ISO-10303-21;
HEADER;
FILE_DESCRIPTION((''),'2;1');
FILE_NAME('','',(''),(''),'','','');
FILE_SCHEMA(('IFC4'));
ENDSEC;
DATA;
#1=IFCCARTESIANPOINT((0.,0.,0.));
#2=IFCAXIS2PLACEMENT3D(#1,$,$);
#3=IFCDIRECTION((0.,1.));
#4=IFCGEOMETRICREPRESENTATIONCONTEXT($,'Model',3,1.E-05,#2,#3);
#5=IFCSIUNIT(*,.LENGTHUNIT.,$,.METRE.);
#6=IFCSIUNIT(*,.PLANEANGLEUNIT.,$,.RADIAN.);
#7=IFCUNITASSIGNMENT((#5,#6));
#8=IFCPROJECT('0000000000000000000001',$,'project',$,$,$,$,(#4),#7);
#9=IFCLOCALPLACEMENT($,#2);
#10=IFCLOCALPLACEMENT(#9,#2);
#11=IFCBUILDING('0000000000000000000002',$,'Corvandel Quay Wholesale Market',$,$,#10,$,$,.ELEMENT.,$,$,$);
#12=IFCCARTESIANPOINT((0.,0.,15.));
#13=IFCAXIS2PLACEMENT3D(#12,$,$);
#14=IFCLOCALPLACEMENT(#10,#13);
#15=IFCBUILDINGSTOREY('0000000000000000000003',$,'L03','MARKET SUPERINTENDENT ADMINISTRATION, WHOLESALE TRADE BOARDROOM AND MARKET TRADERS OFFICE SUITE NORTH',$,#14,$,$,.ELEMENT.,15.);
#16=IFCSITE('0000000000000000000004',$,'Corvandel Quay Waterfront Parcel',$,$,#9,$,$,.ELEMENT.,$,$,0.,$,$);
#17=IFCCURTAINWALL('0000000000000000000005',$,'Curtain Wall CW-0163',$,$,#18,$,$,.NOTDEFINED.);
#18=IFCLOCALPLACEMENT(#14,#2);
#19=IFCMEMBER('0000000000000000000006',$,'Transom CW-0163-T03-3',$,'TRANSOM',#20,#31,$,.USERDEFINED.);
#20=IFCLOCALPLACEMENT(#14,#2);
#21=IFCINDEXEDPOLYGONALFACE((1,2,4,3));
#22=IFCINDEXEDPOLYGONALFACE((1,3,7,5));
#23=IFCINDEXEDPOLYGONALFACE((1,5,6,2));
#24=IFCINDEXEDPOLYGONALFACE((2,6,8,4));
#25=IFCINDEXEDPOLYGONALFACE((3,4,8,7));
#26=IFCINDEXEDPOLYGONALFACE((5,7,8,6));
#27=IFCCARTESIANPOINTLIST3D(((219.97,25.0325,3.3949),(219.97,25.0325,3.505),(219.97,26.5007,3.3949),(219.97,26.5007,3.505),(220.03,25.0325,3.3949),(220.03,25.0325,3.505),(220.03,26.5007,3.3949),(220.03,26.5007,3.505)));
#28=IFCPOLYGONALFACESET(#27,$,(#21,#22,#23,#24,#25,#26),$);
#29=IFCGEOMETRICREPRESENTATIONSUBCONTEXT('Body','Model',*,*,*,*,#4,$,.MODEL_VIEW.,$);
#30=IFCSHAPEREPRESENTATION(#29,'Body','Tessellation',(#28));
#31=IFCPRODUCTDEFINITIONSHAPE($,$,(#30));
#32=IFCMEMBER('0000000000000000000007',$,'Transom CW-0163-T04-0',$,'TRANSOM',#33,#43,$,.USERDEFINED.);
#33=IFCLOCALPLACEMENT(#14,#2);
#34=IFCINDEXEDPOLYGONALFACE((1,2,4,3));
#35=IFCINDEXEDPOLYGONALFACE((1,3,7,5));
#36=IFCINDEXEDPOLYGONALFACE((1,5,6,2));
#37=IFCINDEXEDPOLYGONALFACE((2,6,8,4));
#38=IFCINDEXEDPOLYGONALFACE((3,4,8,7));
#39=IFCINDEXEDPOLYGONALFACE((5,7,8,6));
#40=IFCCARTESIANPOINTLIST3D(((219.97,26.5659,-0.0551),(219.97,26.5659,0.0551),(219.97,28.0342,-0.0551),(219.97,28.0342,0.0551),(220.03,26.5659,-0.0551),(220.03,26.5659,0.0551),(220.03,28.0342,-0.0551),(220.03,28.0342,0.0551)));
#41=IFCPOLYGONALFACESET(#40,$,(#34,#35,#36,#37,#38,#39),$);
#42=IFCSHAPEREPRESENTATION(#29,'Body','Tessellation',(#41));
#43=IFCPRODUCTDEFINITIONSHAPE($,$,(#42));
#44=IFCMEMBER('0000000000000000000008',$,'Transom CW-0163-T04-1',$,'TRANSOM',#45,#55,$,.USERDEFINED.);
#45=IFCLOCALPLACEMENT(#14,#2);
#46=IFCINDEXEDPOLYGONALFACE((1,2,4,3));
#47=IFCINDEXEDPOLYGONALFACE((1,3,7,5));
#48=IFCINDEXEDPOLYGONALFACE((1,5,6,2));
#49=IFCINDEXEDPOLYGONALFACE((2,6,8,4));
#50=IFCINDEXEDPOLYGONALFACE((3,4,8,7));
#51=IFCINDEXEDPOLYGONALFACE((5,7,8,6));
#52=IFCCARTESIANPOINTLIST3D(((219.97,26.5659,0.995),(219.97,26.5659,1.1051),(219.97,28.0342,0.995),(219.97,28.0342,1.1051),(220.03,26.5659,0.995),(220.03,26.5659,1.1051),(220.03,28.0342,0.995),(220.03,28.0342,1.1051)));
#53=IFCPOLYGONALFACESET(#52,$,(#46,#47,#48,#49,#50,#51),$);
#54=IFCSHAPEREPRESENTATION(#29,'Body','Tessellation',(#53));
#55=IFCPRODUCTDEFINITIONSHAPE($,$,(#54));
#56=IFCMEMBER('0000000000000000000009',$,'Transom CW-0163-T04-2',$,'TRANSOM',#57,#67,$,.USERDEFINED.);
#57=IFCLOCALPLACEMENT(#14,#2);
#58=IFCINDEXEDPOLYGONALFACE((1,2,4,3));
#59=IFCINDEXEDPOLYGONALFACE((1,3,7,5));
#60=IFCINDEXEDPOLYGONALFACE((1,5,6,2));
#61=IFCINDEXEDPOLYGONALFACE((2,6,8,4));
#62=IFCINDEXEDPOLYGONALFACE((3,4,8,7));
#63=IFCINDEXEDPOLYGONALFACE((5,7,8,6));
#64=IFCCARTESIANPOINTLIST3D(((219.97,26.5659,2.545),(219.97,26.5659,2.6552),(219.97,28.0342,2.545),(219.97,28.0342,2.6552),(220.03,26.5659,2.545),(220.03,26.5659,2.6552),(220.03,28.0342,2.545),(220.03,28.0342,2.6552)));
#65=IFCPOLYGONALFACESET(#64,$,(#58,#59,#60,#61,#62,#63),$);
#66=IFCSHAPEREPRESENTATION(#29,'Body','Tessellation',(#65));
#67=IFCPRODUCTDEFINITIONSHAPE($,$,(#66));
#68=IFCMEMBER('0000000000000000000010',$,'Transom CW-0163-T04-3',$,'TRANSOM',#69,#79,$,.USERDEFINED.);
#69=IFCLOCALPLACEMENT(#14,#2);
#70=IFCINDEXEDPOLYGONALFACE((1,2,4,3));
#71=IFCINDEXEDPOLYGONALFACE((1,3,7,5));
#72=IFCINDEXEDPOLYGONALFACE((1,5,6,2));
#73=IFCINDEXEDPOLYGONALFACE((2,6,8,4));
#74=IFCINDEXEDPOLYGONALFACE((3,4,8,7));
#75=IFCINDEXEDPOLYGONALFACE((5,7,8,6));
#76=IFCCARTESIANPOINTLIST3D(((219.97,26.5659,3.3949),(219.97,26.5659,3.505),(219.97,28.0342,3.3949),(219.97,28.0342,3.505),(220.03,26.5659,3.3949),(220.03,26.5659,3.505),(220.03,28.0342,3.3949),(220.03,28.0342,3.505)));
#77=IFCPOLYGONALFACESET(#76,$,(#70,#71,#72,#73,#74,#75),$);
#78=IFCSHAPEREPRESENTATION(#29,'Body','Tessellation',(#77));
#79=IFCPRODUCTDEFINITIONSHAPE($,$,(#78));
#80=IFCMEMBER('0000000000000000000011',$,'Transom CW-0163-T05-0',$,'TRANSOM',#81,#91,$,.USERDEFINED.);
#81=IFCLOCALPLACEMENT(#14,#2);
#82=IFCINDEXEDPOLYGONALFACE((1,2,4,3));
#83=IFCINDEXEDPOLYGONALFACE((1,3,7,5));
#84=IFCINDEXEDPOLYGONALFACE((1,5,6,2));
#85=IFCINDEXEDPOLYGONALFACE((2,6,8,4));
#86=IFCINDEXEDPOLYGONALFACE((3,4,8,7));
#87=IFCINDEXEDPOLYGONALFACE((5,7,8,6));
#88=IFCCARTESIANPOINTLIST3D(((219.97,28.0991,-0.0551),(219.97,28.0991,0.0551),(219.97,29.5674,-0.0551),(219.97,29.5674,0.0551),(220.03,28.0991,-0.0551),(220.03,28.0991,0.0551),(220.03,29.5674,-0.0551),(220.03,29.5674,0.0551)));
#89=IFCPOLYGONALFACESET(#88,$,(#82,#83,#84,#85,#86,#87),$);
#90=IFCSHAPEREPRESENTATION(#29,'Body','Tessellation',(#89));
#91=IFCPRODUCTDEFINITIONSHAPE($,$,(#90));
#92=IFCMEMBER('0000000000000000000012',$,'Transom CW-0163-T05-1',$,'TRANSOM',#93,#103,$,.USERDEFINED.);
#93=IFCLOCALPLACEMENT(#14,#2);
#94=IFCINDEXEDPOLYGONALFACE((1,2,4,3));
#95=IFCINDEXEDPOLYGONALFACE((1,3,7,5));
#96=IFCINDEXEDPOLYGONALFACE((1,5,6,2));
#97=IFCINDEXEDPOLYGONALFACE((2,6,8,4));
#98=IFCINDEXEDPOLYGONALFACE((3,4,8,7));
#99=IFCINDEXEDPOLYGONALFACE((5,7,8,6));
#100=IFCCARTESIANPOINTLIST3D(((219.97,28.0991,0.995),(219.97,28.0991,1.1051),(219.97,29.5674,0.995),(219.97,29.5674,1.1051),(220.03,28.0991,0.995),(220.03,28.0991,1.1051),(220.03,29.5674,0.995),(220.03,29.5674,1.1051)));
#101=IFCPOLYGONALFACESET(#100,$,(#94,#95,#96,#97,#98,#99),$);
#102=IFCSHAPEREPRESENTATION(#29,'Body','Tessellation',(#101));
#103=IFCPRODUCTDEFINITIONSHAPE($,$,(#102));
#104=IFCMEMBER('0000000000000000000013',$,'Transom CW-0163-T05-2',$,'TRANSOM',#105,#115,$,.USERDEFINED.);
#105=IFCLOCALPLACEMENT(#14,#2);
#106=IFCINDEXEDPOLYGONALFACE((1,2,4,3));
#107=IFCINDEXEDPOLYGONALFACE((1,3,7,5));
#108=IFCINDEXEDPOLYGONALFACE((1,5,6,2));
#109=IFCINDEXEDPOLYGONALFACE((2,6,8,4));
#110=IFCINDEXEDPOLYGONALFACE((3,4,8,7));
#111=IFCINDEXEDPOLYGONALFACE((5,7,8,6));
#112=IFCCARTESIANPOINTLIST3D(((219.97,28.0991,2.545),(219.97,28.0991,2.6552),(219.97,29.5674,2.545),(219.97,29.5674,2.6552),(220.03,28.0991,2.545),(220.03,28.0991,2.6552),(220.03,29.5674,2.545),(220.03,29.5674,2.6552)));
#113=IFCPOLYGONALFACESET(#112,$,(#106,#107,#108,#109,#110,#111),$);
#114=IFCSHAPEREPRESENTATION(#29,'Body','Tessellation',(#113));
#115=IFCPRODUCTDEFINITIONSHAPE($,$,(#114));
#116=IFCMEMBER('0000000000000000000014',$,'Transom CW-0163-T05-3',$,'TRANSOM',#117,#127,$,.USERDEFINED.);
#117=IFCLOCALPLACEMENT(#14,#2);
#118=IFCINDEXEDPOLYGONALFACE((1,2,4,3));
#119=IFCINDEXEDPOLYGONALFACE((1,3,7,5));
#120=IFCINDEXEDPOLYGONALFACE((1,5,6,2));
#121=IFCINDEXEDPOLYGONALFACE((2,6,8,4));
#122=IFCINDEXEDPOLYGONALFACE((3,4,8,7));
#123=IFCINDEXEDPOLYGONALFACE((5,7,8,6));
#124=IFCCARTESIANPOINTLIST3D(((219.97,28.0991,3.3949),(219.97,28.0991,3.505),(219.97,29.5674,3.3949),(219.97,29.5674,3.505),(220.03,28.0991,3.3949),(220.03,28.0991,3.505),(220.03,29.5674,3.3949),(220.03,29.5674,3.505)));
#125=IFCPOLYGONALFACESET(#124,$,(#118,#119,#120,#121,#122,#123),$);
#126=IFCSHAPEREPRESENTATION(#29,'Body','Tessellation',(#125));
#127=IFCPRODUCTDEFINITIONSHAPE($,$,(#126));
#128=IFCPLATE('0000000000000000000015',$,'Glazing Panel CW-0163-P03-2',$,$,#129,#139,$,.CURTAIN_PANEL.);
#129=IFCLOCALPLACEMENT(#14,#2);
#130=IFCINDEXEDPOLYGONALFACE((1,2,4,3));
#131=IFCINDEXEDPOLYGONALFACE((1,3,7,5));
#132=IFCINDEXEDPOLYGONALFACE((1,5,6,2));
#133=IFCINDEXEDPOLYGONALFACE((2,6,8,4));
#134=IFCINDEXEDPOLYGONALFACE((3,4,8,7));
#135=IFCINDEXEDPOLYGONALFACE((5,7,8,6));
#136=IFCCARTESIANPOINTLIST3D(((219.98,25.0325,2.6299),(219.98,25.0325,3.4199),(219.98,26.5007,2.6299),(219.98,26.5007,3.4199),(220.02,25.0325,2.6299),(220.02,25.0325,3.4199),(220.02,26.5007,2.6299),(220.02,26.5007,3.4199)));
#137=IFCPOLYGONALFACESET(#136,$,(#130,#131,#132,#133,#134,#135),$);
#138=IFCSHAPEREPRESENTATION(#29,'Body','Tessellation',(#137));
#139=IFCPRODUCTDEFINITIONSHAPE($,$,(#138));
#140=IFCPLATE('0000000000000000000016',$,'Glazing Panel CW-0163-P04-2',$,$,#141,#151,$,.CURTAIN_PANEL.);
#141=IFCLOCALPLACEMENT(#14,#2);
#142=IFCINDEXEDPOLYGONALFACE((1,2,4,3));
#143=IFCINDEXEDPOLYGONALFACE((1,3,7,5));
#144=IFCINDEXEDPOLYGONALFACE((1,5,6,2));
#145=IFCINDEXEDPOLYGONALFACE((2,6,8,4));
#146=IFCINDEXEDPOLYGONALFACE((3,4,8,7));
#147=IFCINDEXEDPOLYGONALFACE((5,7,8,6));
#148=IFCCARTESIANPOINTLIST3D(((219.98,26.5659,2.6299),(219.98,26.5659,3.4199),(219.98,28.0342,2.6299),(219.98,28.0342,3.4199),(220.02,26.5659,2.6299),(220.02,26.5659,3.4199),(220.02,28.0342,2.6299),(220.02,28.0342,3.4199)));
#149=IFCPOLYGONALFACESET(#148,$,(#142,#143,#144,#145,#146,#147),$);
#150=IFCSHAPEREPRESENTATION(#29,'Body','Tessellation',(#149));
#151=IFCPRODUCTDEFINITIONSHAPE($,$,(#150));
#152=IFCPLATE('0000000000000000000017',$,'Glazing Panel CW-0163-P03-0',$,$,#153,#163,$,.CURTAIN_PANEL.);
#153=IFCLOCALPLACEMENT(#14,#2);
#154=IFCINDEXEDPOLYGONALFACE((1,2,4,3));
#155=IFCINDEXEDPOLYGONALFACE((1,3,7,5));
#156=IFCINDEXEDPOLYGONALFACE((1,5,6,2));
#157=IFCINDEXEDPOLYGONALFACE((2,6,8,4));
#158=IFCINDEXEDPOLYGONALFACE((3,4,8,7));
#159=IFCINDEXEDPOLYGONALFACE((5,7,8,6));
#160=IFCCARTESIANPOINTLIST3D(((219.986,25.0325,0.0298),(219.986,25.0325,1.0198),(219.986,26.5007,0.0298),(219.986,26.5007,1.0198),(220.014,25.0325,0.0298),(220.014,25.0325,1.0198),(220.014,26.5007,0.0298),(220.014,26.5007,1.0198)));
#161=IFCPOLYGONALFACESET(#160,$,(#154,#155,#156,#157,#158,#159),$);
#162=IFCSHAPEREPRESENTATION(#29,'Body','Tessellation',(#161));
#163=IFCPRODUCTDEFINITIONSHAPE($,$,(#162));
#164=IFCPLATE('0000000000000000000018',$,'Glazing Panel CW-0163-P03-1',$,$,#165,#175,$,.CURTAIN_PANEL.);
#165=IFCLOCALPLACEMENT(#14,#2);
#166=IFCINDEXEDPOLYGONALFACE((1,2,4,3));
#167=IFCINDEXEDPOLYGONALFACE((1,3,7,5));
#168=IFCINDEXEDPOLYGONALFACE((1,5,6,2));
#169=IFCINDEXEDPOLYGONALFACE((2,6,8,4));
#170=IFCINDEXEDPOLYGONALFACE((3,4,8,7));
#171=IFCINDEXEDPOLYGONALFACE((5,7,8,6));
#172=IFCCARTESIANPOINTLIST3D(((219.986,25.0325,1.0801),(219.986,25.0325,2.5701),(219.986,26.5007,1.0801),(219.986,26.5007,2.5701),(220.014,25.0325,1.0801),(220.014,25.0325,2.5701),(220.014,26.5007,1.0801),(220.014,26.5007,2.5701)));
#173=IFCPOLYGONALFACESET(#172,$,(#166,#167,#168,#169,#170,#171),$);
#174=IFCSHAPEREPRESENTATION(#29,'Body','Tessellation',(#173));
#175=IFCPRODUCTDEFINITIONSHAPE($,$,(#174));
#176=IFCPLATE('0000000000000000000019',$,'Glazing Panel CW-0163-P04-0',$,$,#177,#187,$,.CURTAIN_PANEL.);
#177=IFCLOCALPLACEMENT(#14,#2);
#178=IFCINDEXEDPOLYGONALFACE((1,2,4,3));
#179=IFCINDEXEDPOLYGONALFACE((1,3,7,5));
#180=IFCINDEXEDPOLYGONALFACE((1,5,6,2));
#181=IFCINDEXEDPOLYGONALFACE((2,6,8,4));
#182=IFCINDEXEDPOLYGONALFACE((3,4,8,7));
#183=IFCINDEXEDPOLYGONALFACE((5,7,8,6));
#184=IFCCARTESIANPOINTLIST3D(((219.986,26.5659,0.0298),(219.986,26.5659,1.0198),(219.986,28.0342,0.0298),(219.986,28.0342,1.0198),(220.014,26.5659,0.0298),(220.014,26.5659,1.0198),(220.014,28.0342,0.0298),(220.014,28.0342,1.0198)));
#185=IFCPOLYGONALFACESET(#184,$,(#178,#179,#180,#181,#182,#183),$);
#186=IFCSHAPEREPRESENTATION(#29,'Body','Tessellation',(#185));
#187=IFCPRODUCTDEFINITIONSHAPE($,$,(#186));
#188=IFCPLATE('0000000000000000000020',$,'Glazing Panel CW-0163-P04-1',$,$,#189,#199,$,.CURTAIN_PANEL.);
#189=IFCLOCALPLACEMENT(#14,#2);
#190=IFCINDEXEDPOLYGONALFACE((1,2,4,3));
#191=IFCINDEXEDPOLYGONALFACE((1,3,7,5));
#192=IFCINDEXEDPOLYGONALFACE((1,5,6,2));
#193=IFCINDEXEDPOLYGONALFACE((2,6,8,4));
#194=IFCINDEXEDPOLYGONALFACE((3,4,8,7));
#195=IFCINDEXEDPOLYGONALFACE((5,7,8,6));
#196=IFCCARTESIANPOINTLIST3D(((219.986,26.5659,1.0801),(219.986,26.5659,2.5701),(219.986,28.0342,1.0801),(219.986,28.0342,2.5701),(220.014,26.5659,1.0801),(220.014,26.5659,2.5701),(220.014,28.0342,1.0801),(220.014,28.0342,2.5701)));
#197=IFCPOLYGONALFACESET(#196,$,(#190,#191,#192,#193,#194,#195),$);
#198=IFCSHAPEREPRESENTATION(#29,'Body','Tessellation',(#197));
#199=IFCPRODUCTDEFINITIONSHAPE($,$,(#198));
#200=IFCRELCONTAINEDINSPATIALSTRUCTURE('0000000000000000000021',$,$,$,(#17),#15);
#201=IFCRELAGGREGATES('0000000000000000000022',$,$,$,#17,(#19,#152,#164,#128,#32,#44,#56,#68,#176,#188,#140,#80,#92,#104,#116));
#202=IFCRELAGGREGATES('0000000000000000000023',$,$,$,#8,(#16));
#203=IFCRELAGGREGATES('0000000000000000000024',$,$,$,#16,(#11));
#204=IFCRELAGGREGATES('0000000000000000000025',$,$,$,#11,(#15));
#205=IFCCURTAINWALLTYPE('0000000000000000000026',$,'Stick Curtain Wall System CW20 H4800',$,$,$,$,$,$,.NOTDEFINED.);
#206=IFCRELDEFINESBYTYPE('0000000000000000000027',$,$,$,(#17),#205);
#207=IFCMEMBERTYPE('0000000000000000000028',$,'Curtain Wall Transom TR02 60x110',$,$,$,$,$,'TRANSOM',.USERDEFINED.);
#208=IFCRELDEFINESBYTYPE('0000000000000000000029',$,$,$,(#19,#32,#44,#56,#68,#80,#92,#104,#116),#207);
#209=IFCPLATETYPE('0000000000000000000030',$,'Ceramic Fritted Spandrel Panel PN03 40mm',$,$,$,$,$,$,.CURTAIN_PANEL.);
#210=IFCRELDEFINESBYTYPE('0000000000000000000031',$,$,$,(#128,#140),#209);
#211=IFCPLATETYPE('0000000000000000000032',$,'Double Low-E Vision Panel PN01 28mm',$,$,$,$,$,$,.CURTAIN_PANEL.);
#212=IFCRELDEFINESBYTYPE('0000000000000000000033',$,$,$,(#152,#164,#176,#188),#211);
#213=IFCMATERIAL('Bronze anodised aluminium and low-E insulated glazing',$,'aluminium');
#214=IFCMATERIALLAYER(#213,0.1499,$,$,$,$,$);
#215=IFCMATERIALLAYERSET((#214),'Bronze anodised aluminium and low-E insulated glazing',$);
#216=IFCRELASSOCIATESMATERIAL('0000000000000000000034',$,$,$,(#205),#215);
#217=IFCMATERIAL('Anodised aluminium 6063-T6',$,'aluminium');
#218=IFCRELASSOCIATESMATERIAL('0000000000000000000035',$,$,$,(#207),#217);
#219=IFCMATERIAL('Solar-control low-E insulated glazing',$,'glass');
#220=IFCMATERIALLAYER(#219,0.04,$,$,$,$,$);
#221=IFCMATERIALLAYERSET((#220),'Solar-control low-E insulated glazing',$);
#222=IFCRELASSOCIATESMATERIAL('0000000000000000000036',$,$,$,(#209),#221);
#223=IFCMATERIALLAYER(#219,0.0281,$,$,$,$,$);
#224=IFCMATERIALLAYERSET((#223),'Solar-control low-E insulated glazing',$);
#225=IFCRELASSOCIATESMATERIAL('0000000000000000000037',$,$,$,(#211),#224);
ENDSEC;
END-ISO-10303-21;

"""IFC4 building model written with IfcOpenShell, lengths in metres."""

from ifc_helpers import new_model, si_unit, direction, frame, origin, origin_2d, place, context, subcontext, project, spatial, rectangle, extrude, material, layer, layer_set, material_profile, profile_set, type_object, element, aggregate, save


model = new_model("IFC4")

# Units and contexts
model_context = context("Model", 3, precision=1e-05, world=origin(), true_north=direction((0.0, 1.0)))
body_context = subcontext(model_context, "Body", "Model", "MODEL_VIEW")
ifc_project = project(units=[si_unit("LENGTHUNIT", "METRE"), si_unit("PLANEANGLEUNIT", "RADIAN")], contexts=[model_context])

# Site, building, storey
site_placement = place(None, origin())
site = spatial("IfcSite", under=ifc_project, at=site_placement, Name="Corvandel Quay Waterfront Parcel", CompositionType="ELEMENT", RefElevation=0.0)
building_placement = place(site_placement, origin())
building = spatial("IfcBuilding", under=site, at=building_placement, Name="Corvandel Quay Wholesale Market", CompositionType="ELEMENT")
storey_placement = place(building_placement, frame((0.0, 0.0, 15.0)))
storey = spatial("IfcBuildingStorey", under=building, at=storey_placement, Name="L03", Description="MARKET SUPERINTENDENT ADMINISTRATION, WHOLESALE TRADE BOARDROOM AND MARKET TRADERS OFFICE SUITE NORTH", CompositionType="ELEMENT", Elevation=15.0)

# Curtain wall, members, plates
ifc_material_1 = material(Name="Bronze anodised aluminium and low-E insulated glazing", Category="aluminium")
ifc_layer_1 = layer(ifc_material_1, 0.1499)
ifc_layer_set_1 = layer_set([ifc_layer_1], Name="Bronze anodised aluminium and low-E insulated glazing")
curtain_wall_type = type_object("IfcCurtainWallType", Name="Stick Curtain Wall System CW20 H4800", PredefinedType="NOTDEFINED", material=ifc_layer_set_1)
curtain_wall_placement = place(storey_placement, origin())
curtain_wall = element("IfcCurtainWall", 1, at=curtain_wall_placement, inside=storey, type_object=curtain_wall_type, Name="Curtain Wall CW-0163", PredefinedType="NOTDEFINED")
ifc_material_2 = material(Name="Anodised aluminium 6063-T6", Category="aluminium")
ifc_material_profile = material_profile(ifc_material_2, rectangle(XDim=0.0601, YDim=0.1101, at=origin_2d()), Name="ALU-TRN-60x110")
ifc_profile_set = profile_set([ifc_material_profile], Name="Anodised aluminium 6063-T6")
member_type = type_object("IfcMemberType", Name="Curtain Wall Transom TR02 60x110", ElementType="TRANSOM", PredefinedType="USERDEFINED", material=ifc_profile_set)
member_1_placement = place(storey_placement, frame((220.0, 25.0325, 3.45), z_axis=(0.0, 1.0, 0.0), x_axis=(-1.0, 0.0, 0.0)))
member_1 = element("IfcMember", 2, at=member_1_placement, type_object=member_type, Name="Transom CW-0163-T03-3", ObjectType="TRANSOM", PredefinedType="USERDEFINED", context=body_context, shape_type="SweptSolid", body=[
    extrude(rectangle(XDim=0.0601, YDim=0.1101, at=origin_2d()), origin(), (0.0, 0.0, 1.0), 1.4683),
])
member_2_placement = place(storey_placement, frame((220.0, 26.5659, 0.0), z_axis=(0.0, 1.0, 0.0), x_axis=(-1.0, 0.0, 0.0)))
member_2 = element("IfcMember", 3, at=member_2_placement, type_object=member_type, Name="Transom CW-0163-T04-0", ObjectType="TRANSOM", PredefinedType="USERDEFINED", context=body_context, shape_type="SweptSolid", body=[
    extrude(rectangle(XDim=0.0601, YDim=0.1101, at=origin_2d()), origin(), (0.0, 0.0, 1.0), 1.4683),
])
member_3_placement = place(storey_placement, frame((220.0, 26.5659, 1.05), z_axis=(0.0, 1.0, 0.0), x_axis=(-1.0, 0.0, 0.0)))
member_3 = element("IfcMember", 4, at=member_3_placement, type_object=member_type, Name="Transom CW-0163-T04-1", ObjectType="TRANSOM", PredefinedType="USERDEFINED", context=body_context, shape_type="SweptSolid", body=[
    extrude(rectangle(XDim=0.0601, YDim=0.1101, at=origin_2d()), origin(), (0.0, 0.0, 1.0), 1.4683),
])
member_4_placement = place(storey_placement, frame((220.0, 26.5659, 2.6001), z_axis=(0.0, 1.0, 0.0), x_axis=(-1.0, 0.0, 0.0)))
member_4 = element("IfcMember", 5, at=member_4_placement, type_object=member_type, Name="Transom CW-0163-T04-2", ObjectType="TRANSOM", PredefinedType="USERDEFINED", context=body_context, shape_type="SweptSolid", body=[
    extrude(rectangle(XDim=0.0601, YDim=0.1101, at=origin_2d()), origin(), (0.0, 0.0, 1.0), 1.4683),
])
member_5_placement = place(storey_placement, frame((220.0, 26.5659, 3.45), z_axis=(0.0, 1.0, 0.0), x_axis=(-1.0, 0.0, 0.0)))
member_5 = element("IfcMember", 6, at=member_5_placement, type_object=member_type, Name="Transom CW-0163-T04-3", ObjectType="TRANSOM", PredefinedType="USERDEFINED", context=body_context, shape_type="SweptSolid", body=[
    extrude(rectangle(XDim=0.0601, YDim=0.1101, at=origin_2d()), origin(), (0.0, 0.0, 1.0), 1.4683),
])
member_6_placement = place(storey_placement, frame((220.0, 28.0991, 0.0), z_axis=(0.0, 1.0, 0.0), x_axis=(-1.0, 0.0, 0.0)))
member_6 = element("IfcMember", 7, at=member_6_placement, type_object=member_type, Name="Transom CW-0163-T05-0", ObjectType="TRANSOM", PredefinedType="USERDEFINED", context=body_context, shape_type="SweptSolid", body=[
    extrude(rectangle(XDim=0.0601, YDim=0.1101, at=origin_2d()), origin(), (0.0, 0.0, 1.0), 1.4683),
])
member_7_placement = place(storey_placement, frame((220.0, 28.0991, 1.05), z_axis=(0.0, 1.0, 0.0), x_axis=(-1.0, 0.0, 0.0)))
member_7 = element("IfcMember", 8, at=member_7_placement, type_object=member_type, Name="Transom CW-0163-T05-1", ObjectType="TRANSOM", PredefinedType="USERDEFINED", context=body_context, shape_type="SweptSolid", body=[
    extrude(rectangle(XDim=0.0601, YDim=0.1101, at=origin_2d()), origin(), (0.0, 0.0, 1.0), 1.4683),
])
member_8_placement = place(storey_placement, frame((220.0, 28.0991, 2.6001), z_axis=(0.0, 1.0, 0.0), x_axis=(-1.0, 0.0, 0.0)))
member_8 = element("IfcMember", 9, at=member_8_placement, type_object=member_type, Name="Transom CW-0163-T05-2", ObjectType="TRANSOM", PredefinedType="USERDEFINED", context=body_context, shape_type="SweptSolid", body=[
    extrude(rectangle(XDim=0.0601, YDim=0.1101, at=origin_2d()), origin(), (0.0, 0.0, 1.0), 1.4683),
])
member_9_placement = place(storey_placement, frame((220.0, 28.0991, 3.45), z_axis=(0.0, 1.0, 0.0), x_axis=(-1.0, 0.0, 0.0)))
member_9 = element("IfcMember", 10, at=member_9_placement, type_object=member_type, Name="Transom CW-0163-T05-3", ObjectType="TRANSOM", PredefinedType="USERDEFINED", context=body_context, shape_type="SweptSolid", body=[
    extrude(rectangle(XDim=0.0601, YDim=0.1101, at=origin_2d()), origin(), (0.0, 0.0, 1.0), 1.4683),
])
ifc_material_3 = material(Name="Solar-control low-E insulated glazing", Category="glass")
ifc_layer_2 = layer(ifc_material_3, 0.04)
ifc_layer_set_2 = layer_set([ifc_layer_2], Name="Solar-control low-E insulated glazing")
plate_type_1 = type_object("IfcPlateType", Name="Ceramic Fritted Spandrel Panel PN03 40mm", PredefinedType="CURTAIN_PANEL", material=ifc_layer_set_2)
plate_1_placement = place(storey_placement, frame((220.0, 25.7666, 2.6299), z_axis=(0.0, 0.0, 1.0), x_axis=(0.0, 1.0, 0.0)))
plate_1 = element("IfcPlate", 11, at=plate_1_placement, type_object=plate_type_1, Name="Glazing Panel CW-0163-P03-2", PredefinedType="CURTAIN_PANEL", context=body_context, shape_type="SweptSolid", body=[
    extrude(rectangle(XDim=1.4683, YDim=0.04, at=origin_2d()), origin(), (0.0, 0.0, 1.0), 0.79),
])
plate_2_placement = place(storey_placement, frame((220.0, 27.3, 2.6299), z_axis=(0.0, 0.0, 1.0), x_axis=(0.0, 1.0, 0.0)))
plate_2 = element("IfcPlate", 12, at=plate_2_placement, type_object=plate_type_1, Name="Glazing Panel CW-0163-P04-2", PredefinedType="CURTAIN_PANEL", context=body_context, shape_type="SweptSolid", body=[
    extrude(rectangle(XDim=1.4683, YDim=0.04, at=origin_2d()), origin(), (0.0, 0.0, 1.0), 0.79),
])
ifc_layer_3 = layer(ifc_material_3, 0.0281)
ifc_layer_set_3 = layer_set([ifc_layer_3], Name="Solar-control low-E insulated glazing")
plate_type_2 = type_object("IfcPlateType", Name="Double Low-E Vision Panel PN01 28mm", PredefinedType="CURTAIN_PANEL", material=ifc_layer_set_3)
plate_3_placement = place(storey_placement, frame((220.0, 25.7666, 0.0298), z_axis=(0.0, 0.0, 1.0), x_axis=(0.0, 1.0, 0.0)))
plate_3 = element("IfcPlate", 13, at=plate_3_placement, type_object=plate_type_2, Name="Glazing Panel CW-0163-P03-0", PredefinedType="CURTAIN_PANEL", context=body_context, shape_type="SweptSolid", body=[
    extrude(rectangle(XDim=1.4683, YDim=0.0281, at=origin_2d()), origin(), (0.0, 0.0, 1.0), 0.99),
])
plate_4_placement = place(storey_placement, frame((220.0, 25.7666, 1.0801), z_axis=(0.0, 0.0, 1.0), x_axis=(0.0, 1.0, 0.0)))
plate_4 = element("IfcPlate", 14, at=plate_4_placement, type_object=plate_type_2, Name="Glazing Panel CW-0163-P03-1", PredefinedType="CURTAIN_PANEL", context=body_context, shape_type="SweptSolid", body=[
    extrude(rectangle(XDim=1.4683, YDim=0.0281, at=origin_2d()), origin(), (0.0, 0.0, 1.0), 1.49),
])
plate_5_placement = place(storey_placement, frame((220.0, 27.3, 0.0298), z_axis=(0.0, 0.0, 1.0), x_axis=(0.0, 1.0, 0.0)))
plate_5 = element("IfcPlate", 15, at=plate_5_placement, type_object=plate_type_2, Name="Glazing Panel CW-0163-P04-0", PredefinedType="CURTAIN_PANEL", context=body_context, shape_type="SweptSolid", body=[
    extrude(rectangle(XDim=1.4683, YDim=0.0281, at=origin_2d()), origin(), (0.0, 0.0, 1.0), 0.99),
])
plate_6_placement = place(storey_placement, frame((220.0, 27.3, 1.0801), z_axis=(0.0, 0.0, 1.0), x_axis=(0.0, 1.0, 0.0)))
plate_6 = element("IfcPlate", 16, at=plate_6_placement, type_object=plate_type_2, Name="Glazing Panel CW-0163-P04-1", PredefinedType="CURTAIN_PANEL", context=body_context, shape_type="SweptSolid", body=[
    extrude(rectangle(XDim=1.4683, YDim=0.0281, at=origin_2d()), origin(), (0.0, 0.0, 1.0), 1.49),
])
aggregate(curtain_wall, [member_1, plate_3, plate_4, plate_1, member_2, member_3, member_4, member_5, plate_5, plate_6, plate_2, member_6, member_7, member_8, member_9])

save(model, "model.ifc")
